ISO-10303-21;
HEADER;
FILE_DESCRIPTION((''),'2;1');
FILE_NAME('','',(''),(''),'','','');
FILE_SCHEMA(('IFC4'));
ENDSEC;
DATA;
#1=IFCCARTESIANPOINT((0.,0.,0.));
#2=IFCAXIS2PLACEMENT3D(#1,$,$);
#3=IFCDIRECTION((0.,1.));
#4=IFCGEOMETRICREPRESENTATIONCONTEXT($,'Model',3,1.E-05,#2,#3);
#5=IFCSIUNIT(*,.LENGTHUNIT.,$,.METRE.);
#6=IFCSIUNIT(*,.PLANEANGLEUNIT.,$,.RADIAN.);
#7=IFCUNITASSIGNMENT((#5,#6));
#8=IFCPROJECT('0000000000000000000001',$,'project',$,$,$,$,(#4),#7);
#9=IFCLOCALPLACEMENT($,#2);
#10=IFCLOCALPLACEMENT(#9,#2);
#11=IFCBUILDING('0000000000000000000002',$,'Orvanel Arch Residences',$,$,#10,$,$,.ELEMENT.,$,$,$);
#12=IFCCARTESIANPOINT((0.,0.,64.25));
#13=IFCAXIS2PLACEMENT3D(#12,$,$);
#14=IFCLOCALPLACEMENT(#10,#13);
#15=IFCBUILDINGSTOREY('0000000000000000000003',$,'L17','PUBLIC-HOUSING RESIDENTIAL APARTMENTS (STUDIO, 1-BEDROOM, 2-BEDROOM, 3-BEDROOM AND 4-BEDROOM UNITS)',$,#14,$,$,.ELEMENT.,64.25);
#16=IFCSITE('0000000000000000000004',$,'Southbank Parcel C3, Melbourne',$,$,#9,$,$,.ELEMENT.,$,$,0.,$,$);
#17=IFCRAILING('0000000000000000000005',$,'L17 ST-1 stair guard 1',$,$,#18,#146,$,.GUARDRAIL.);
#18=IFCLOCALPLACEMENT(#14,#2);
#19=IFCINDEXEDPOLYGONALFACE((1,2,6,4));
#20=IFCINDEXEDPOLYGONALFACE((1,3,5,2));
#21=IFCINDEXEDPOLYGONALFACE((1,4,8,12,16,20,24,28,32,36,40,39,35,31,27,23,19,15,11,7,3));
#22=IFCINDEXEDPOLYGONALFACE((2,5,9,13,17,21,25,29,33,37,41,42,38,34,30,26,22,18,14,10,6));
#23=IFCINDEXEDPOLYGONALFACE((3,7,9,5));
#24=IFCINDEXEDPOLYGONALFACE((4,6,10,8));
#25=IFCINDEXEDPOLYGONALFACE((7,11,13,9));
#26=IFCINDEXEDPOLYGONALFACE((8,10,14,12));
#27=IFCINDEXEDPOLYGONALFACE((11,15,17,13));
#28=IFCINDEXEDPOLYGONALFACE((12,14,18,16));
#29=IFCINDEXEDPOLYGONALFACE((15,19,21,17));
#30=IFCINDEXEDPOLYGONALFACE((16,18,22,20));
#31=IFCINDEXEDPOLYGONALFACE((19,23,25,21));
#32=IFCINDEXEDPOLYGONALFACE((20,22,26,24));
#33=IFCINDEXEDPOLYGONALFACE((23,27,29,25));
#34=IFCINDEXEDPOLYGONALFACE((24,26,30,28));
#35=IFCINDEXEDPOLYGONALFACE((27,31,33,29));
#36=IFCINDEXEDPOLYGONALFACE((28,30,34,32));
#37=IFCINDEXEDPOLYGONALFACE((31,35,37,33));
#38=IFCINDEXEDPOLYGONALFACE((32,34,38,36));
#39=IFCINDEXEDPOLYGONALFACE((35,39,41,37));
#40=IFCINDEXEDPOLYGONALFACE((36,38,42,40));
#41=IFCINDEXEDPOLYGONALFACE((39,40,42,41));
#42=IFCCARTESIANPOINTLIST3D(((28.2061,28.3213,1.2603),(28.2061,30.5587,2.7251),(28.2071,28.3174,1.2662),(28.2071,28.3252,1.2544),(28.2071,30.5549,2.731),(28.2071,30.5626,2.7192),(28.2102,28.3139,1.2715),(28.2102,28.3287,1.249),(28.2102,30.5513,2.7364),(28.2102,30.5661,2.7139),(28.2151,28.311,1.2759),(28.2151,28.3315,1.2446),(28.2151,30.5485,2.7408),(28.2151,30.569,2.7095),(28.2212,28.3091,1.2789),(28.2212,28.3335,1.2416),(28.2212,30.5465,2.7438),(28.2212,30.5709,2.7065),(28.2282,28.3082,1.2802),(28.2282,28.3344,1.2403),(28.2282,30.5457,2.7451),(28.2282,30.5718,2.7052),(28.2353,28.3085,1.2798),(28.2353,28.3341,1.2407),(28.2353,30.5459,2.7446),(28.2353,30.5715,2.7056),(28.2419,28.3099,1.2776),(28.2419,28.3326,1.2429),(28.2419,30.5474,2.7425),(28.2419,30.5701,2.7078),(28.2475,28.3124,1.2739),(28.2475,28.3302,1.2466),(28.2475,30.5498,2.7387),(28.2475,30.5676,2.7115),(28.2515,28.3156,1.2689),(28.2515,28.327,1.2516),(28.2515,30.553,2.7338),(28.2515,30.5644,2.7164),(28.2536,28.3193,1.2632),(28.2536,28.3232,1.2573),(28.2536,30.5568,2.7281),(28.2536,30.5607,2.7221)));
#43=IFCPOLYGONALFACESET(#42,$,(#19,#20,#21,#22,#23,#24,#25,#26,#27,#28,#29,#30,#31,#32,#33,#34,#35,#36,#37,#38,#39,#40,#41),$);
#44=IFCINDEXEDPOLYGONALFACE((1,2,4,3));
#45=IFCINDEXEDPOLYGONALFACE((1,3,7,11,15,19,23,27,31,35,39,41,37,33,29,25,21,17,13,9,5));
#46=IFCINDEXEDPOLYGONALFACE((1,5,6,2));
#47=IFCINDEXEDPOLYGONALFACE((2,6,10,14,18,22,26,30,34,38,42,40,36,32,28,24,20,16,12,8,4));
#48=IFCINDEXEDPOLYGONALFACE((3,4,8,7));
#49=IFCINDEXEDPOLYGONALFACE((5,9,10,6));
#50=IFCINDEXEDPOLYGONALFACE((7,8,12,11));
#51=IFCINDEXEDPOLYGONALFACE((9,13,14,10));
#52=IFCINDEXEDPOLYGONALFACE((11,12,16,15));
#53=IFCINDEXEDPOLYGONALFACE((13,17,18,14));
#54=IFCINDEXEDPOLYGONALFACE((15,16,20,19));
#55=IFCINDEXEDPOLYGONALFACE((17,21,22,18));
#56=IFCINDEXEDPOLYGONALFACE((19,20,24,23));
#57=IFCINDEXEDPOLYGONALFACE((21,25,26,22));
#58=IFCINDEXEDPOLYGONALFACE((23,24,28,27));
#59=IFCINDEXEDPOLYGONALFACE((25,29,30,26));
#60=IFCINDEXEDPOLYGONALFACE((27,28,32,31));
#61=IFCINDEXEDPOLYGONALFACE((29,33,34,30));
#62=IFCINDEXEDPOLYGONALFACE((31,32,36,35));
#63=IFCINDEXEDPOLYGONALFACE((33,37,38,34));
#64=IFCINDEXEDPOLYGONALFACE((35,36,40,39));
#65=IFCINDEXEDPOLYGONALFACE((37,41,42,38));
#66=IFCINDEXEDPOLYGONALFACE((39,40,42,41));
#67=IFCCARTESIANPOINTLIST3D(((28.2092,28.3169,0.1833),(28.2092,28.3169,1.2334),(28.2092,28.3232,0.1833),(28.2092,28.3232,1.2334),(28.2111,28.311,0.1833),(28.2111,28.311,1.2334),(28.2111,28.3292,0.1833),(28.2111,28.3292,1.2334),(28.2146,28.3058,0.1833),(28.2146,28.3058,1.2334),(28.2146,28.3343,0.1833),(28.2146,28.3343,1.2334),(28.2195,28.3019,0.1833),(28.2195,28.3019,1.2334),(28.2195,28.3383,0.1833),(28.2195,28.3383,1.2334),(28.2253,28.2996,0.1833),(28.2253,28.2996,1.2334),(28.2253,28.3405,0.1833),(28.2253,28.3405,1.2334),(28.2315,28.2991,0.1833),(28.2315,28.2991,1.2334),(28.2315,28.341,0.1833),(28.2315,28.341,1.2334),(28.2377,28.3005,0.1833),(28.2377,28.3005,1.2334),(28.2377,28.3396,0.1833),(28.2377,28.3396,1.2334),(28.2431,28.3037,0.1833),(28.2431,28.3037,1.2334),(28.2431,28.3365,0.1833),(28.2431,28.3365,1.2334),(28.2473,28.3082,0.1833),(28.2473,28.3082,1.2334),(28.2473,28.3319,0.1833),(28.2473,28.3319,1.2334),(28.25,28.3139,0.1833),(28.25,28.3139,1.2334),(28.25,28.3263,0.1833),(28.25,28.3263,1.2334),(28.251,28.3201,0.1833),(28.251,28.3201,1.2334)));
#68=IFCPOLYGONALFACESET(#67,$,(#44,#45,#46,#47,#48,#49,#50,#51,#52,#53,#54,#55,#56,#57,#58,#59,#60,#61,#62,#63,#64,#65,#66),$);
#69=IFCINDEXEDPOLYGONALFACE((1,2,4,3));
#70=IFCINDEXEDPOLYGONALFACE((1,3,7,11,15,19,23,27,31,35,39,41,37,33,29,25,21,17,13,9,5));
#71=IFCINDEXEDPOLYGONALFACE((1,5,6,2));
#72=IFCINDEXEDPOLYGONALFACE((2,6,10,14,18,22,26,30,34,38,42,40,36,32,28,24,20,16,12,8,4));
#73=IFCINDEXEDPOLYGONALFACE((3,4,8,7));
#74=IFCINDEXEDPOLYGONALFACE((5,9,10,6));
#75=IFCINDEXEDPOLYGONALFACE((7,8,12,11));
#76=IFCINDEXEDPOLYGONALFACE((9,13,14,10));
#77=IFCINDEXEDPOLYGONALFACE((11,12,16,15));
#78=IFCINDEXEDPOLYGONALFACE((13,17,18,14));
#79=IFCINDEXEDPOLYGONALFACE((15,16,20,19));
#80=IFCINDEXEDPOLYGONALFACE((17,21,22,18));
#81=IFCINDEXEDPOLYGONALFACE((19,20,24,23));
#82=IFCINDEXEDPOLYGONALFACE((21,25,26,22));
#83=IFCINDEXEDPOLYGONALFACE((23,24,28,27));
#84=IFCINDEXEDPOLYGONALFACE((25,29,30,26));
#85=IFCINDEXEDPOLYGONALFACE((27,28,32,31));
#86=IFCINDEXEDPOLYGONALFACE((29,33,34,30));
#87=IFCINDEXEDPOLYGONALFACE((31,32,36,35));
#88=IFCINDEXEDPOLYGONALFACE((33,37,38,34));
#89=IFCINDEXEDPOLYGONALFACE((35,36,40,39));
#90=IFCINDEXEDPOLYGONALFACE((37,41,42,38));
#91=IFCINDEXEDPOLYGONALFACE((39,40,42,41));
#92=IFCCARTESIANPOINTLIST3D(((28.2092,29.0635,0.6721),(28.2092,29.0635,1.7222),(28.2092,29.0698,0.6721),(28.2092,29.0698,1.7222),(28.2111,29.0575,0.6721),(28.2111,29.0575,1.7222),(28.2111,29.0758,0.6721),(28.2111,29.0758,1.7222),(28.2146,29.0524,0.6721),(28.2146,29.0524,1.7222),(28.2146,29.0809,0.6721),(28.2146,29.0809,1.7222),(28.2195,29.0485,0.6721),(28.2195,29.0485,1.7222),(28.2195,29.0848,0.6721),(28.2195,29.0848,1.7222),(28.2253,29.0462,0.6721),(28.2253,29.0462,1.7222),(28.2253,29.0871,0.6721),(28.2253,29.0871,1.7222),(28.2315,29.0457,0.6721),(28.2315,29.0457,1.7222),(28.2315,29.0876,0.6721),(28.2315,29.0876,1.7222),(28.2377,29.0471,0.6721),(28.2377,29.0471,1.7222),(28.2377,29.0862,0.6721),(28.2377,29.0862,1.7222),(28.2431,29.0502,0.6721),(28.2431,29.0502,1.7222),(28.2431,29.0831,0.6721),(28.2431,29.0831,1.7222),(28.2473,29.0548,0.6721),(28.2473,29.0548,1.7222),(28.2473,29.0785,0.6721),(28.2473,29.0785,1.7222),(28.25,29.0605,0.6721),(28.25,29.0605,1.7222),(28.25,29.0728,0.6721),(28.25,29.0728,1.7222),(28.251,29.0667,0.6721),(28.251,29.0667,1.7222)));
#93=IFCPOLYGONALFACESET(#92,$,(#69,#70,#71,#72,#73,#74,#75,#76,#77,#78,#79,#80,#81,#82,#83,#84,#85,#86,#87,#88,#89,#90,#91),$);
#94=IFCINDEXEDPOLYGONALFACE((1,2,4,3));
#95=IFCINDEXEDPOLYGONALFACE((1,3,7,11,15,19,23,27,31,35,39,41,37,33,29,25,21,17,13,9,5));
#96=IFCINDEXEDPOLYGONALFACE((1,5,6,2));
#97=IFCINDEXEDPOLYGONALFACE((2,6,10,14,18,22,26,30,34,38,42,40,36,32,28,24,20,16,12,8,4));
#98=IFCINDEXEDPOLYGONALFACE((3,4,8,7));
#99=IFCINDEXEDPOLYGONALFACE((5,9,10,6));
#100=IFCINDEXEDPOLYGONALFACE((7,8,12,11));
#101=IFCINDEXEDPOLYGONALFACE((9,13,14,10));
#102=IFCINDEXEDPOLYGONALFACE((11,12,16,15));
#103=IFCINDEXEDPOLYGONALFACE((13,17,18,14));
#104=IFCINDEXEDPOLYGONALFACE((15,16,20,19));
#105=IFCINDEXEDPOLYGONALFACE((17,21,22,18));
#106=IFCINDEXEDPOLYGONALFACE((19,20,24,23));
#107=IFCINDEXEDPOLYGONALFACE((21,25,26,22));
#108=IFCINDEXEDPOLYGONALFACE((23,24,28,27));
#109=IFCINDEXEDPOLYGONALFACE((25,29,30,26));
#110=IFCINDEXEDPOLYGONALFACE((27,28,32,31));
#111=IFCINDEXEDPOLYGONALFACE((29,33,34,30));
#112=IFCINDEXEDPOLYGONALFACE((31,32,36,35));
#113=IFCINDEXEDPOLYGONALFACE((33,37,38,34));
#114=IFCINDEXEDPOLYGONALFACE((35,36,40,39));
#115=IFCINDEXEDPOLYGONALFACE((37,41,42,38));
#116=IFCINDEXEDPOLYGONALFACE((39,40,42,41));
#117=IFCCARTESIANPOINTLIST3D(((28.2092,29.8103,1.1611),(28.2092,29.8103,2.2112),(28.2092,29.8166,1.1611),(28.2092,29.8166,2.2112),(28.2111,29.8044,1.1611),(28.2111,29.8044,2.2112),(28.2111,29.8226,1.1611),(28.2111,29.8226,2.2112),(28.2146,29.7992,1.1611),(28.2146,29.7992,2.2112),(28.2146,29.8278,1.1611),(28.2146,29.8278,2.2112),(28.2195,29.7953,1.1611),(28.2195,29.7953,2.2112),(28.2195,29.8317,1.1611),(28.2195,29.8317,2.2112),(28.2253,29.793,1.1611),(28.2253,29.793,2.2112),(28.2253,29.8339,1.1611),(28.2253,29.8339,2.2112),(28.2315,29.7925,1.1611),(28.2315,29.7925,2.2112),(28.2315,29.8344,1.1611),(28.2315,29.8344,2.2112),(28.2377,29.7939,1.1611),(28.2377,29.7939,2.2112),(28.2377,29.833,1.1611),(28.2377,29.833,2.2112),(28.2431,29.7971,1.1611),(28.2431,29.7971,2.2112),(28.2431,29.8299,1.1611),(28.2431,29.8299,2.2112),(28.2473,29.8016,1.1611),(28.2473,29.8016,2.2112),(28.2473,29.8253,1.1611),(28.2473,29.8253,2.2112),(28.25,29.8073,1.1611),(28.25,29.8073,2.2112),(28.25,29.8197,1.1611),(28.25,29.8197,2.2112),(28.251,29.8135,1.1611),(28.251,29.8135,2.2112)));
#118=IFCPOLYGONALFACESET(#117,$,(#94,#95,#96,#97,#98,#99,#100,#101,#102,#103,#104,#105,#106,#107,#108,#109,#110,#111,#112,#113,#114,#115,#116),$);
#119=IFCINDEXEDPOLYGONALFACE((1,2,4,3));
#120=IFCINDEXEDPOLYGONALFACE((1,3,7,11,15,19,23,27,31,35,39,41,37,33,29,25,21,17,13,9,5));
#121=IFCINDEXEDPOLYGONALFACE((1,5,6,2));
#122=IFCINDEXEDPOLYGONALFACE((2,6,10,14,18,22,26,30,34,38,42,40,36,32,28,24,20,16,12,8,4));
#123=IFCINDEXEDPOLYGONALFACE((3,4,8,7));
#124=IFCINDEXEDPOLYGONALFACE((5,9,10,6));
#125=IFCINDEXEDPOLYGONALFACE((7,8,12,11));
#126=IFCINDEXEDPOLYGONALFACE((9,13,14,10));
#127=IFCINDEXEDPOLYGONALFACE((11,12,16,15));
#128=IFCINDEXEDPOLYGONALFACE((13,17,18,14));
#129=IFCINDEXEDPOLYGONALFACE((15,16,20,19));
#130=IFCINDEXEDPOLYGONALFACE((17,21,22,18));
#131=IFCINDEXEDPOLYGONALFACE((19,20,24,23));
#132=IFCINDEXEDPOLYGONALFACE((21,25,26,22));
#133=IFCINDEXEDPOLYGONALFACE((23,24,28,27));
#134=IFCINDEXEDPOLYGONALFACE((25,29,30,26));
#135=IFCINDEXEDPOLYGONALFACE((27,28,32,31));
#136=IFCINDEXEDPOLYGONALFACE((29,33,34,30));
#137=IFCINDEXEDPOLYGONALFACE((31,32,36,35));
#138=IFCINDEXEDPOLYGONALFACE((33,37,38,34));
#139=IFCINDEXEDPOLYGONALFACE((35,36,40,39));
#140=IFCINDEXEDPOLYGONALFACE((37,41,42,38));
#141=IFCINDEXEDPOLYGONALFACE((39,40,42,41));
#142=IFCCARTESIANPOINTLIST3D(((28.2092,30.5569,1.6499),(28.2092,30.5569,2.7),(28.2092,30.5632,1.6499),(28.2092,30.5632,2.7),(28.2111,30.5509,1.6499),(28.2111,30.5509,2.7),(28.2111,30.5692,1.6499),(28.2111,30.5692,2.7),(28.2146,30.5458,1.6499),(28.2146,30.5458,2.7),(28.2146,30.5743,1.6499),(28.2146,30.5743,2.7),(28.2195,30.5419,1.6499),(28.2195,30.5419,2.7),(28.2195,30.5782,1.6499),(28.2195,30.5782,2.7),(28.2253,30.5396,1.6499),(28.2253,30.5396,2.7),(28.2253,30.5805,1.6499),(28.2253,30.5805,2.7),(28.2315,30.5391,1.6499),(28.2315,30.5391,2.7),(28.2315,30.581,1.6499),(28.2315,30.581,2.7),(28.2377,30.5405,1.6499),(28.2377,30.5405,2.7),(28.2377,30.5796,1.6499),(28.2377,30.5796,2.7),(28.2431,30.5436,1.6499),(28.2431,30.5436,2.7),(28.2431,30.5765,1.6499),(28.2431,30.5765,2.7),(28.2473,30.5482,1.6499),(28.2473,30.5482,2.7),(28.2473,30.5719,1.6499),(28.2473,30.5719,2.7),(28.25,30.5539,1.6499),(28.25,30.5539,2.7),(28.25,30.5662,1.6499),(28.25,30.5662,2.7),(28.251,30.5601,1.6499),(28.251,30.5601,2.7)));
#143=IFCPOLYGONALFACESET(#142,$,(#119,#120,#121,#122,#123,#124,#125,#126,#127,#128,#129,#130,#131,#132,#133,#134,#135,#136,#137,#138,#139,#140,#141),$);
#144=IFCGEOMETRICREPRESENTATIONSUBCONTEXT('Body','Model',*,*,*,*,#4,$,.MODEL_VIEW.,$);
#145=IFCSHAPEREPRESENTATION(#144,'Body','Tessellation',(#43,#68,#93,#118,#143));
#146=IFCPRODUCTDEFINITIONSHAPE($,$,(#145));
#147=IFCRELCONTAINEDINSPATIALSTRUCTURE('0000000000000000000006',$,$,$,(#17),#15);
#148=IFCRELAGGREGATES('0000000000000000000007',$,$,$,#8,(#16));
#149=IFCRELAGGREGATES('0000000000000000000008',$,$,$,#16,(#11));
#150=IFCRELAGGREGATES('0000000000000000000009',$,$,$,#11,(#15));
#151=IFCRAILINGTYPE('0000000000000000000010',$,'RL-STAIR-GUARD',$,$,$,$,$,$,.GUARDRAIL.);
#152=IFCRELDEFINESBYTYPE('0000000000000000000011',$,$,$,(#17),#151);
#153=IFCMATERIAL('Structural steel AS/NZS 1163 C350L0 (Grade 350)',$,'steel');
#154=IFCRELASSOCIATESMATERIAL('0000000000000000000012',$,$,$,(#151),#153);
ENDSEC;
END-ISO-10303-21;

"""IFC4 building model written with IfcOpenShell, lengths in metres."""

from ifc_helpers import new_model, si_unit, direction, frame, origin, origin_2d, place, context, subcontext, project, spatial, circle, extrude, material, type_object, element, save


model = new_model("IFC4")

# Units and contexts
model_context = context("Model", 3, precision=1e-05, world=origin(), true_north=direction((0.0, 1.0)))
body_context = subcontext(model_context, "Body", "Model", "MODEL_VIEW")
ifc_project = project(units=[si_unit("LENGTHUNIT", "METRE"), si_unit("PLANEANGLEUNIT", "RADIAN")], contexts=[model_context])

# Site, building, storey
site_placement = place(None, origin())
site = spatial("IfcSite", under=ifc_project, at=site_placement, Name="Southbank Parcel C3, Melbourne", CompositionType="ELEMENT", RefElevation=0.0)
building_placement = place(site_placement, origin())
building = spatial("IfcBuilding", under=site, at=building_placement, Name="Orvanel Arch Residences", CompositionType="ELEMENT")
storey_placement = place(building_placement, frame((0.0, 0.0, 64.25)))
storey = spatial("IfcBuildingStorey", under=building, at=storey_placement, Name="L17", Description="PUBLIC-HOUSING RESIDENTIAL APARTMENTS (STUDIO, 1-BEDROOM, 2-BEDROOM, 3-BEDROOM AND 4-BEDROOM UNITS)", CompositionType="ELEMENT", Elevation=64.25)

# Railing
ifc_material_1 = material(Name="Structural steel AS/NZS 1163 C350L0 (Grade 350)", Category="steel")
railing_type_1 = type_object("IfcRailingType", Name="RL-STAIR-GUARD", PredefinedType="GUARDRAIL", material=ifc_material_1)
railing_1_placement = place(storey_placement, frame((28.23, 28.3201, 0.1833)))
element("IfcRailing", 1, at=railing_1_placement, inside=storey, type_object=railing_type_1, Name="L17 ST-1 stair guard 1", PredefinedType="GUARDRAIL", context=body_context, shape_type="SweptSolid", body=[
    extrude(circle(Radius=0.0239, at=origin_2d()), frame((0.0, 0.0012, 1.0769), z_axis=(0.0, 0.836637, 0.547758), x_axis=(-1.0, 0.0, 0.0)), (0.0, 0.0, 1.0), 2.6743),
    extrude(circle(Radius=0.021, at=origin_2d()), origin(), (0.0, 0.0, 1.0), 1.05),
    extrude(circle(Radius=0.021, at=origin_2d()), frame((0.0, 0.7466, 0.4888)), (0.0, 0.0, 1.0), 1.05),
    extrude(circle(Radius=0.021, at=origin_2d()), frame((0.0, 1.4934, 0.9778)), (0.0, 0.0, 1.0), 1.05),
    extrude(circle(Radius=0.021, at=origin_2d()), frame((0.0, 2.24, 1.4666)), (0.0, 0.0, 1.0), 1.05),
])

save(model, "model.ifc")
